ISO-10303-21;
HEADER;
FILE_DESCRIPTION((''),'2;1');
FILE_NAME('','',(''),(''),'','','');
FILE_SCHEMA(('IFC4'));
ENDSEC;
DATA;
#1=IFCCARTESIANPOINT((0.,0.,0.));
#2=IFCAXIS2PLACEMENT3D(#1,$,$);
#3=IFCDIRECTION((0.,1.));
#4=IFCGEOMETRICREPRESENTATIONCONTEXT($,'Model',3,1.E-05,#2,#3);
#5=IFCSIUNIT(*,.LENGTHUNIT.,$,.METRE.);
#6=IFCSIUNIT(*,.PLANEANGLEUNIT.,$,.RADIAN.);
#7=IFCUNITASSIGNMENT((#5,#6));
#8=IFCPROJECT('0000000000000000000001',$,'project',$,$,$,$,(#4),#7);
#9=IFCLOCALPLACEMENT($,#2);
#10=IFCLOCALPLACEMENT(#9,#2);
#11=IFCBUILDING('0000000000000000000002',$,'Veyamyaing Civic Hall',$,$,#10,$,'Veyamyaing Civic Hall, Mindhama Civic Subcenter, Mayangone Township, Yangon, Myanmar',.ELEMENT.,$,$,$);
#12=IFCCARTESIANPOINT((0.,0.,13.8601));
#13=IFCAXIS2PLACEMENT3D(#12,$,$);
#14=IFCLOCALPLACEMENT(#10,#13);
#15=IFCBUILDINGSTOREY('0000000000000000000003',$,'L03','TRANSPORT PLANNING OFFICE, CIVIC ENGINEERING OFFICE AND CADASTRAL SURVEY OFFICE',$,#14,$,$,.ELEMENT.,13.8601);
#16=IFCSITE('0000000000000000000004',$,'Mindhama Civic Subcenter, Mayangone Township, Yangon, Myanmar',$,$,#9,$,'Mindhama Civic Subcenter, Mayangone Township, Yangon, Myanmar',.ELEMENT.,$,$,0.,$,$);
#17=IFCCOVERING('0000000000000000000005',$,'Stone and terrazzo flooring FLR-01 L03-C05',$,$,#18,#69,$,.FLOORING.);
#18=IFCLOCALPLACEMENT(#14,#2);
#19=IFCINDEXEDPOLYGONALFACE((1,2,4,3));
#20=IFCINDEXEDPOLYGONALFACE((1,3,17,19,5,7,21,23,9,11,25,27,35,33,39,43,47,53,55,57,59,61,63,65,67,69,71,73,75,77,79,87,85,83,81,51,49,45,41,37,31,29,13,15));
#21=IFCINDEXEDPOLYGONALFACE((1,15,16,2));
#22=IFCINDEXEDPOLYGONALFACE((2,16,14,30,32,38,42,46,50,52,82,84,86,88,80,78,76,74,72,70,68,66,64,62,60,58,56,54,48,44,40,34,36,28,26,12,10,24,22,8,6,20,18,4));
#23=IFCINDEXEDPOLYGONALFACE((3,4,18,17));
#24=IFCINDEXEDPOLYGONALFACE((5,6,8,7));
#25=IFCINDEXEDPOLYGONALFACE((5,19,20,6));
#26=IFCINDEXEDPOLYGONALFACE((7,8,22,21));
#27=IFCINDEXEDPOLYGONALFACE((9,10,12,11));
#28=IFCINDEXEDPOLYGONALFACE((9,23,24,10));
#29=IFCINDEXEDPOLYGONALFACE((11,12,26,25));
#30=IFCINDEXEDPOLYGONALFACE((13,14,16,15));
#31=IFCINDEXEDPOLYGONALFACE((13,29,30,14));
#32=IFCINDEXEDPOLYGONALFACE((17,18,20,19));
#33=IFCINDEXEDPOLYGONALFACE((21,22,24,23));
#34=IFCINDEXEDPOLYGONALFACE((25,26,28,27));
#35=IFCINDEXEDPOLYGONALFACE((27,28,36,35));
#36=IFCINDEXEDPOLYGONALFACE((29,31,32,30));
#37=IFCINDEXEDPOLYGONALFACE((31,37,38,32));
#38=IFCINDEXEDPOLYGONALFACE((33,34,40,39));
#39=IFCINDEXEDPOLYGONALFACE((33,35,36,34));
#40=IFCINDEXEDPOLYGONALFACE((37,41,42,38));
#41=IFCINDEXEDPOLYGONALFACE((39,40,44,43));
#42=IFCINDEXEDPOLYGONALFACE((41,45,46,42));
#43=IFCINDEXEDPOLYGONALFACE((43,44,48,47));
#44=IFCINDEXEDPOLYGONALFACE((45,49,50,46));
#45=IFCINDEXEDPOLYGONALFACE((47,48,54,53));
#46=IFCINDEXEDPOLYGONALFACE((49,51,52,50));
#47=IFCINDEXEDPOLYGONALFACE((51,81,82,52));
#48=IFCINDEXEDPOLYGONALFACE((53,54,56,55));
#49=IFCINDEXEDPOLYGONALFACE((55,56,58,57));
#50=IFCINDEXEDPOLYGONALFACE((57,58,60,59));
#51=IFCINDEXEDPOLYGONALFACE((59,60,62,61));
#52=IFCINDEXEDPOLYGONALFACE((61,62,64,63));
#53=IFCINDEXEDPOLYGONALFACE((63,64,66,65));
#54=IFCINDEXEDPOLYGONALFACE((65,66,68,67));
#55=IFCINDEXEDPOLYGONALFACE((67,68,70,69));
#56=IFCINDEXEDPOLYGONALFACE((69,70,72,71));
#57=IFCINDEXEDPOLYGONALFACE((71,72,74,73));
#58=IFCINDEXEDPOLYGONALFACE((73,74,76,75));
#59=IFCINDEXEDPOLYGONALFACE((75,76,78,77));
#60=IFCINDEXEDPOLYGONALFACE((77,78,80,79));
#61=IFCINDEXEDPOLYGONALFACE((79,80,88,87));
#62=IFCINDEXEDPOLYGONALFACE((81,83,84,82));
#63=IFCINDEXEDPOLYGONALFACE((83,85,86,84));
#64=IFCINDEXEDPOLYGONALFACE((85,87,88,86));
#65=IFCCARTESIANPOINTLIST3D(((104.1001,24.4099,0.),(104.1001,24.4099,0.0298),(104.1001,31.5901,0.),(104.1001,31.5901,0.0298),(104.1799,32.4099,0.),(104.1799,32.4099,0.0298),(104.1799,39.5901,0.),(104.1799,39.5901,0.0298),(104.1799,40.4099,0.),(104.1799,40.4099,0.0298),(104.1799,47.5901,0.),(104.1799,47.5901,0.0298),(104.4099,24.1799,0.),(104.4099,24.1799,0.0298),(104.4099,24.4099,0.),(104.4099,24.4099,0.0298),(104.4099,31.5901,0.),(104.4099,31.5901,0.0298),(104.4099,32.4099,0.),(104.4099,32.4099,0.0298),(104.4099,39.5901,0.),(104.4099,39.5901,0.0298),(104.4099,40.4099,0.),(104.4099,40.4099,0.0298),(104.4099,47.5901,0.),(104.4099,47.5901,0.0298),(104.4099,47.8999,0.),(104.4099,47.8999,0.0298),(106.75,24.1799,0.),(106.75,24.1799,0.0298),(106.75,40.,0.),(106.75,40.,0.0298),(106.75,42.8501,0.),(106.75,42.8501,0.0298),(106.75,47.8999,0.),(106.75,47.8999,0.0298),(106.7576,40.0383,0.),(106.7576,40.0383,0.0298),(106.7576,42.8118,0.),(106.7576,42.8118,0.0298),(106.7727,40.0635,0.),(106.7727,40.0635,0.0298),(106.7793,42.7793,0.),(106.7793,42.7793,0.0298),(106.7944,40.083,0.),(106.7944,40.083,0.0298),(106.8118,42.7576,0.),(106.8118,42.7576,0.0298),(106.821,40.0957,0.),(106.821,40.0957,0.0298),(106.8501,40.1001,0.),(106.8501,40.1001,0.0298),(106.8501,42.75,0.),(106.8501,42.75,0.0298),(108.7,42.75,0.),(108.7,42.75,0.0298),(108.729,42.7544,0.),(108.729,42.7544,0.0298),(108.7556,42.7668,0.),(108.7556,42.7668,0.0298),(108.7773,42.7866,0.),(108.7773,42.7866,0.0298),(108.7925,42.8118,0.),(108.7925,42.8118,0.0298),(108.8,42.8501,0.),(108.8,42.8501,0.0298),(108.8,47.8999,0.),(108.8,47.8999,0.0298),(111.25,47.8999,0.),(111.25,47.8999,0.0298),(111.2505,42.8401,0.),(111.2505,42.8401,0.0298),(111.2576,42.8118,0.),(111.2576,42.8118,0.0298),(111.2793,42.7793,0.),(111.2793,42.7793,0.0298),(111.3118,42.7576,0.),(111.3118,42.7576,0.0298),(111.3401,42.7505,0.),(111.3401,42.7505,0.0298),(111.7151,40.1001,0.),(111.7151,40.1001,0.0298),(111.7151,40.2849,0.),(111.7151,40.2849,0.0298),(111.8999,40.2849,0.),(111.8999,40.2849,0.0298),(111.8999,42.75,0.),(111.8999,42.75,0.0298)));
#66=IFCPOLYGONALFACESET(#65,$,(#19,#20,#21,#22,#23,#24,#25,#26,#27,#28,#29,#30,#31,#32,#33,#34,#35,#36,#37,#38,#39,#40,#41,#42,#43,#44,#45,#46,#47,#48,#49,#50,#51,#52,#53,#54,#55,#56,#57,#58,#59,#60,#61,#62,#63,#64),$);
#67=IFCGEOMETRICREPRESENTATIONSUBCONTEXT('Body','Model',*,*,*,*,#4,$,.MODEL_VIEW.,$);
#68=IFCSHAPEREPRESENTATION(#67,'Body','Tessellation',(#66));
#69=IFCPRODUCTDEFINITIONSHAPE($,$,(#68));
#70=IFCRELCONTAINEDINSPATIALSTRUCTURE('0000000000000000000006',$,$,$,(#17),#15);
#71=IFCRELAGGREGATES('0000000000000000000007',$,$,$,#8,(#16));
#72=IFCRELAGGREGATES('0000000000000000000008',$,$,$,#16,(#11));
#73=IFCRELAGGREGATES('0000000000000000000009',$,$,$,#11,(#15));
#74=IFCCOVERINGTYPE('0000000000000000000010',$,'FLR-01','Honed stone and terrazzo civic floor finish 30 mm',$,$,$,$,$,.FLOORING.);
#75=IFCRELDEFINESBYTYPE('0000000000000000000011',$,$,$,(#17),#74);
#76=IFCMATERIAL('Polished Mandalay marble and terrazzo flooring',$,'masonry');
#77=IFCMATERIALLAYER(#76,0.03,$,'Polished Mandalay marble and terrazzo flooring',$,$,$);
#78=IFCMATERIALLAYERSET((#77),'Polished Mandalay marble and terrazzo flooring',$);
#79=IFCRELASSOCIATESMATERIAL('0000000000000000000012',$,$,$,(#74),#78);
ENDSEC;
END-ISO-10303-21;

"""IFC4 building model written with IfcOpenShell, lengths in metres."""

from ifc_helpers import new_model, si_unit, direction, frame, origin, place, context, subcontext, project, spatial, polyline, outline, extrude, material, layer, layer_set, type_object, element, save


model = new_model("IFC4")

# Units and contexts
model_context = context("Model", 3, precision=1e-05, world=origin(), true_north=direction((0.0, 1.0)))
body_context = subcontext(model_context, "Body", "Model", "MODEL_VIEW")
ifc_project = project(units=[si_unit("LENGTHUNIT", "METRE"), si_unit("PLANEANGLEUNIT", "RADIAN")], contexts=[model_context])

# Site, building, storey
site_placement = place(None, origin())
site = spatial("IfcSite", under=ifc_project, at=site_placement, Name="Mindhama Civic Subcenter, Mayangone Township, Yangon, Myanmar", LongName="Mindhama Civic Subcenter, Mayangone Township, Yangon, Myanmar", CompositionType="ELEMENT", RefElevation=0.0)
building_placement = place(site_placement, origin())
building = spatial("IfcBuilding", under=site, at=building_placement, Name="Veyamyaing Civic Hall", LongName="Veyamyaing Civic Hall, Mindhama Civic Subcenter, Mayangone Township, Yangon, Myanmar", CompositionType="ELEMENT")
storey_placement = place(building_placement, frame((0.0, 0.0, 13.8601)))
storey = spatial("IfcBuildingStorey", under=building, at=storey_placement, Name="L03", Description="TRANSPORT PLANNING OFFICE, CIVIC ENGINEERING OFFICE AND CADASTRAL SURVEY OFFICE", CompositionType="ELEMENT", Elevation=13.8601)

# Covering
ifc_material_1 = material(Name="Polished Mandalay marble and terrazzo flooring", Category="masonry")
ifc_layer_1 = layer(ifc_material_1, 0.03, Name="Polished Mandalay marble and terrazzo flooring")
ifc_layer_set_1 = layer_set([ifc_layer_1], Name="Polished Mandalay marble and terrazzo flooring")
covering_type_1 = type_object("IfcCoveringType", Name="FLR-01", Description="Honed stone and terrazzo civic floor finish 30 mm", PredefinedType="FLOORING", material=ifc_layer_set_1)
covering_1_placement = place(storey_placement, origin())
element("IfcCovering", 1, at=covering_1_placement, inside=storey, type_object=covering_type_1, Name="Stone and terrazzo flooring FLR-01 L03-C05", PredefinedType="FLOORING", context=body_context, shape_type="SweptSolid", body=[
    extrude(outline(polyline([(106.75, 42.8501), (106.7576, 42.8118), (106.7793, 42.7793), (106.8118, 42.7576), (106.8501, 42.75), (108.7, 42.75), (108.729, 42.7544), (108.7556, 42.7668), (108.7773, 42.7866), (108.7925, 42.8118), (108.8, 42.8501), (108.8, 47.8999), (111.25, 47.8999), (111.2505, 42.8401), (111.2576, 42.8118), (111.2793, 42.7793), (111.3118, 42.7576), (111.3401, 42.7505), (111.8999, 42.75), (111.8999, 40.2849), (111.7151, 40.2849), (111.7151, 40.1001), (106.8501, 40.1001), (106.821, 40.0957), (106.7944, 40.083), (106.7727, 40.0635), (106.7576, 40.0383), (106.75, 40.0), (106.75, 24.1799), (104.4099, 24.1799), (104.4099, 24.4099), (104.1001, 24.4099), (104.1001, 31.5901), (104.4099, 31.5901), (104.4099, 32.4099), (104.1799, 32.4099), (104.1799, 39.5901), (104.4099, 39.5901), (104.4099, 40.4099), (104.1799, 40.4099), (104.1799, 47.5901), (104.4099, 47.5901), (104.4099, 47.8999), (106.75, 47.8999), (106.75, 42.8501)])), origin(), (0.0, 0.0, 1.0), 0.0298),
])

save(model, "model.ifc")
